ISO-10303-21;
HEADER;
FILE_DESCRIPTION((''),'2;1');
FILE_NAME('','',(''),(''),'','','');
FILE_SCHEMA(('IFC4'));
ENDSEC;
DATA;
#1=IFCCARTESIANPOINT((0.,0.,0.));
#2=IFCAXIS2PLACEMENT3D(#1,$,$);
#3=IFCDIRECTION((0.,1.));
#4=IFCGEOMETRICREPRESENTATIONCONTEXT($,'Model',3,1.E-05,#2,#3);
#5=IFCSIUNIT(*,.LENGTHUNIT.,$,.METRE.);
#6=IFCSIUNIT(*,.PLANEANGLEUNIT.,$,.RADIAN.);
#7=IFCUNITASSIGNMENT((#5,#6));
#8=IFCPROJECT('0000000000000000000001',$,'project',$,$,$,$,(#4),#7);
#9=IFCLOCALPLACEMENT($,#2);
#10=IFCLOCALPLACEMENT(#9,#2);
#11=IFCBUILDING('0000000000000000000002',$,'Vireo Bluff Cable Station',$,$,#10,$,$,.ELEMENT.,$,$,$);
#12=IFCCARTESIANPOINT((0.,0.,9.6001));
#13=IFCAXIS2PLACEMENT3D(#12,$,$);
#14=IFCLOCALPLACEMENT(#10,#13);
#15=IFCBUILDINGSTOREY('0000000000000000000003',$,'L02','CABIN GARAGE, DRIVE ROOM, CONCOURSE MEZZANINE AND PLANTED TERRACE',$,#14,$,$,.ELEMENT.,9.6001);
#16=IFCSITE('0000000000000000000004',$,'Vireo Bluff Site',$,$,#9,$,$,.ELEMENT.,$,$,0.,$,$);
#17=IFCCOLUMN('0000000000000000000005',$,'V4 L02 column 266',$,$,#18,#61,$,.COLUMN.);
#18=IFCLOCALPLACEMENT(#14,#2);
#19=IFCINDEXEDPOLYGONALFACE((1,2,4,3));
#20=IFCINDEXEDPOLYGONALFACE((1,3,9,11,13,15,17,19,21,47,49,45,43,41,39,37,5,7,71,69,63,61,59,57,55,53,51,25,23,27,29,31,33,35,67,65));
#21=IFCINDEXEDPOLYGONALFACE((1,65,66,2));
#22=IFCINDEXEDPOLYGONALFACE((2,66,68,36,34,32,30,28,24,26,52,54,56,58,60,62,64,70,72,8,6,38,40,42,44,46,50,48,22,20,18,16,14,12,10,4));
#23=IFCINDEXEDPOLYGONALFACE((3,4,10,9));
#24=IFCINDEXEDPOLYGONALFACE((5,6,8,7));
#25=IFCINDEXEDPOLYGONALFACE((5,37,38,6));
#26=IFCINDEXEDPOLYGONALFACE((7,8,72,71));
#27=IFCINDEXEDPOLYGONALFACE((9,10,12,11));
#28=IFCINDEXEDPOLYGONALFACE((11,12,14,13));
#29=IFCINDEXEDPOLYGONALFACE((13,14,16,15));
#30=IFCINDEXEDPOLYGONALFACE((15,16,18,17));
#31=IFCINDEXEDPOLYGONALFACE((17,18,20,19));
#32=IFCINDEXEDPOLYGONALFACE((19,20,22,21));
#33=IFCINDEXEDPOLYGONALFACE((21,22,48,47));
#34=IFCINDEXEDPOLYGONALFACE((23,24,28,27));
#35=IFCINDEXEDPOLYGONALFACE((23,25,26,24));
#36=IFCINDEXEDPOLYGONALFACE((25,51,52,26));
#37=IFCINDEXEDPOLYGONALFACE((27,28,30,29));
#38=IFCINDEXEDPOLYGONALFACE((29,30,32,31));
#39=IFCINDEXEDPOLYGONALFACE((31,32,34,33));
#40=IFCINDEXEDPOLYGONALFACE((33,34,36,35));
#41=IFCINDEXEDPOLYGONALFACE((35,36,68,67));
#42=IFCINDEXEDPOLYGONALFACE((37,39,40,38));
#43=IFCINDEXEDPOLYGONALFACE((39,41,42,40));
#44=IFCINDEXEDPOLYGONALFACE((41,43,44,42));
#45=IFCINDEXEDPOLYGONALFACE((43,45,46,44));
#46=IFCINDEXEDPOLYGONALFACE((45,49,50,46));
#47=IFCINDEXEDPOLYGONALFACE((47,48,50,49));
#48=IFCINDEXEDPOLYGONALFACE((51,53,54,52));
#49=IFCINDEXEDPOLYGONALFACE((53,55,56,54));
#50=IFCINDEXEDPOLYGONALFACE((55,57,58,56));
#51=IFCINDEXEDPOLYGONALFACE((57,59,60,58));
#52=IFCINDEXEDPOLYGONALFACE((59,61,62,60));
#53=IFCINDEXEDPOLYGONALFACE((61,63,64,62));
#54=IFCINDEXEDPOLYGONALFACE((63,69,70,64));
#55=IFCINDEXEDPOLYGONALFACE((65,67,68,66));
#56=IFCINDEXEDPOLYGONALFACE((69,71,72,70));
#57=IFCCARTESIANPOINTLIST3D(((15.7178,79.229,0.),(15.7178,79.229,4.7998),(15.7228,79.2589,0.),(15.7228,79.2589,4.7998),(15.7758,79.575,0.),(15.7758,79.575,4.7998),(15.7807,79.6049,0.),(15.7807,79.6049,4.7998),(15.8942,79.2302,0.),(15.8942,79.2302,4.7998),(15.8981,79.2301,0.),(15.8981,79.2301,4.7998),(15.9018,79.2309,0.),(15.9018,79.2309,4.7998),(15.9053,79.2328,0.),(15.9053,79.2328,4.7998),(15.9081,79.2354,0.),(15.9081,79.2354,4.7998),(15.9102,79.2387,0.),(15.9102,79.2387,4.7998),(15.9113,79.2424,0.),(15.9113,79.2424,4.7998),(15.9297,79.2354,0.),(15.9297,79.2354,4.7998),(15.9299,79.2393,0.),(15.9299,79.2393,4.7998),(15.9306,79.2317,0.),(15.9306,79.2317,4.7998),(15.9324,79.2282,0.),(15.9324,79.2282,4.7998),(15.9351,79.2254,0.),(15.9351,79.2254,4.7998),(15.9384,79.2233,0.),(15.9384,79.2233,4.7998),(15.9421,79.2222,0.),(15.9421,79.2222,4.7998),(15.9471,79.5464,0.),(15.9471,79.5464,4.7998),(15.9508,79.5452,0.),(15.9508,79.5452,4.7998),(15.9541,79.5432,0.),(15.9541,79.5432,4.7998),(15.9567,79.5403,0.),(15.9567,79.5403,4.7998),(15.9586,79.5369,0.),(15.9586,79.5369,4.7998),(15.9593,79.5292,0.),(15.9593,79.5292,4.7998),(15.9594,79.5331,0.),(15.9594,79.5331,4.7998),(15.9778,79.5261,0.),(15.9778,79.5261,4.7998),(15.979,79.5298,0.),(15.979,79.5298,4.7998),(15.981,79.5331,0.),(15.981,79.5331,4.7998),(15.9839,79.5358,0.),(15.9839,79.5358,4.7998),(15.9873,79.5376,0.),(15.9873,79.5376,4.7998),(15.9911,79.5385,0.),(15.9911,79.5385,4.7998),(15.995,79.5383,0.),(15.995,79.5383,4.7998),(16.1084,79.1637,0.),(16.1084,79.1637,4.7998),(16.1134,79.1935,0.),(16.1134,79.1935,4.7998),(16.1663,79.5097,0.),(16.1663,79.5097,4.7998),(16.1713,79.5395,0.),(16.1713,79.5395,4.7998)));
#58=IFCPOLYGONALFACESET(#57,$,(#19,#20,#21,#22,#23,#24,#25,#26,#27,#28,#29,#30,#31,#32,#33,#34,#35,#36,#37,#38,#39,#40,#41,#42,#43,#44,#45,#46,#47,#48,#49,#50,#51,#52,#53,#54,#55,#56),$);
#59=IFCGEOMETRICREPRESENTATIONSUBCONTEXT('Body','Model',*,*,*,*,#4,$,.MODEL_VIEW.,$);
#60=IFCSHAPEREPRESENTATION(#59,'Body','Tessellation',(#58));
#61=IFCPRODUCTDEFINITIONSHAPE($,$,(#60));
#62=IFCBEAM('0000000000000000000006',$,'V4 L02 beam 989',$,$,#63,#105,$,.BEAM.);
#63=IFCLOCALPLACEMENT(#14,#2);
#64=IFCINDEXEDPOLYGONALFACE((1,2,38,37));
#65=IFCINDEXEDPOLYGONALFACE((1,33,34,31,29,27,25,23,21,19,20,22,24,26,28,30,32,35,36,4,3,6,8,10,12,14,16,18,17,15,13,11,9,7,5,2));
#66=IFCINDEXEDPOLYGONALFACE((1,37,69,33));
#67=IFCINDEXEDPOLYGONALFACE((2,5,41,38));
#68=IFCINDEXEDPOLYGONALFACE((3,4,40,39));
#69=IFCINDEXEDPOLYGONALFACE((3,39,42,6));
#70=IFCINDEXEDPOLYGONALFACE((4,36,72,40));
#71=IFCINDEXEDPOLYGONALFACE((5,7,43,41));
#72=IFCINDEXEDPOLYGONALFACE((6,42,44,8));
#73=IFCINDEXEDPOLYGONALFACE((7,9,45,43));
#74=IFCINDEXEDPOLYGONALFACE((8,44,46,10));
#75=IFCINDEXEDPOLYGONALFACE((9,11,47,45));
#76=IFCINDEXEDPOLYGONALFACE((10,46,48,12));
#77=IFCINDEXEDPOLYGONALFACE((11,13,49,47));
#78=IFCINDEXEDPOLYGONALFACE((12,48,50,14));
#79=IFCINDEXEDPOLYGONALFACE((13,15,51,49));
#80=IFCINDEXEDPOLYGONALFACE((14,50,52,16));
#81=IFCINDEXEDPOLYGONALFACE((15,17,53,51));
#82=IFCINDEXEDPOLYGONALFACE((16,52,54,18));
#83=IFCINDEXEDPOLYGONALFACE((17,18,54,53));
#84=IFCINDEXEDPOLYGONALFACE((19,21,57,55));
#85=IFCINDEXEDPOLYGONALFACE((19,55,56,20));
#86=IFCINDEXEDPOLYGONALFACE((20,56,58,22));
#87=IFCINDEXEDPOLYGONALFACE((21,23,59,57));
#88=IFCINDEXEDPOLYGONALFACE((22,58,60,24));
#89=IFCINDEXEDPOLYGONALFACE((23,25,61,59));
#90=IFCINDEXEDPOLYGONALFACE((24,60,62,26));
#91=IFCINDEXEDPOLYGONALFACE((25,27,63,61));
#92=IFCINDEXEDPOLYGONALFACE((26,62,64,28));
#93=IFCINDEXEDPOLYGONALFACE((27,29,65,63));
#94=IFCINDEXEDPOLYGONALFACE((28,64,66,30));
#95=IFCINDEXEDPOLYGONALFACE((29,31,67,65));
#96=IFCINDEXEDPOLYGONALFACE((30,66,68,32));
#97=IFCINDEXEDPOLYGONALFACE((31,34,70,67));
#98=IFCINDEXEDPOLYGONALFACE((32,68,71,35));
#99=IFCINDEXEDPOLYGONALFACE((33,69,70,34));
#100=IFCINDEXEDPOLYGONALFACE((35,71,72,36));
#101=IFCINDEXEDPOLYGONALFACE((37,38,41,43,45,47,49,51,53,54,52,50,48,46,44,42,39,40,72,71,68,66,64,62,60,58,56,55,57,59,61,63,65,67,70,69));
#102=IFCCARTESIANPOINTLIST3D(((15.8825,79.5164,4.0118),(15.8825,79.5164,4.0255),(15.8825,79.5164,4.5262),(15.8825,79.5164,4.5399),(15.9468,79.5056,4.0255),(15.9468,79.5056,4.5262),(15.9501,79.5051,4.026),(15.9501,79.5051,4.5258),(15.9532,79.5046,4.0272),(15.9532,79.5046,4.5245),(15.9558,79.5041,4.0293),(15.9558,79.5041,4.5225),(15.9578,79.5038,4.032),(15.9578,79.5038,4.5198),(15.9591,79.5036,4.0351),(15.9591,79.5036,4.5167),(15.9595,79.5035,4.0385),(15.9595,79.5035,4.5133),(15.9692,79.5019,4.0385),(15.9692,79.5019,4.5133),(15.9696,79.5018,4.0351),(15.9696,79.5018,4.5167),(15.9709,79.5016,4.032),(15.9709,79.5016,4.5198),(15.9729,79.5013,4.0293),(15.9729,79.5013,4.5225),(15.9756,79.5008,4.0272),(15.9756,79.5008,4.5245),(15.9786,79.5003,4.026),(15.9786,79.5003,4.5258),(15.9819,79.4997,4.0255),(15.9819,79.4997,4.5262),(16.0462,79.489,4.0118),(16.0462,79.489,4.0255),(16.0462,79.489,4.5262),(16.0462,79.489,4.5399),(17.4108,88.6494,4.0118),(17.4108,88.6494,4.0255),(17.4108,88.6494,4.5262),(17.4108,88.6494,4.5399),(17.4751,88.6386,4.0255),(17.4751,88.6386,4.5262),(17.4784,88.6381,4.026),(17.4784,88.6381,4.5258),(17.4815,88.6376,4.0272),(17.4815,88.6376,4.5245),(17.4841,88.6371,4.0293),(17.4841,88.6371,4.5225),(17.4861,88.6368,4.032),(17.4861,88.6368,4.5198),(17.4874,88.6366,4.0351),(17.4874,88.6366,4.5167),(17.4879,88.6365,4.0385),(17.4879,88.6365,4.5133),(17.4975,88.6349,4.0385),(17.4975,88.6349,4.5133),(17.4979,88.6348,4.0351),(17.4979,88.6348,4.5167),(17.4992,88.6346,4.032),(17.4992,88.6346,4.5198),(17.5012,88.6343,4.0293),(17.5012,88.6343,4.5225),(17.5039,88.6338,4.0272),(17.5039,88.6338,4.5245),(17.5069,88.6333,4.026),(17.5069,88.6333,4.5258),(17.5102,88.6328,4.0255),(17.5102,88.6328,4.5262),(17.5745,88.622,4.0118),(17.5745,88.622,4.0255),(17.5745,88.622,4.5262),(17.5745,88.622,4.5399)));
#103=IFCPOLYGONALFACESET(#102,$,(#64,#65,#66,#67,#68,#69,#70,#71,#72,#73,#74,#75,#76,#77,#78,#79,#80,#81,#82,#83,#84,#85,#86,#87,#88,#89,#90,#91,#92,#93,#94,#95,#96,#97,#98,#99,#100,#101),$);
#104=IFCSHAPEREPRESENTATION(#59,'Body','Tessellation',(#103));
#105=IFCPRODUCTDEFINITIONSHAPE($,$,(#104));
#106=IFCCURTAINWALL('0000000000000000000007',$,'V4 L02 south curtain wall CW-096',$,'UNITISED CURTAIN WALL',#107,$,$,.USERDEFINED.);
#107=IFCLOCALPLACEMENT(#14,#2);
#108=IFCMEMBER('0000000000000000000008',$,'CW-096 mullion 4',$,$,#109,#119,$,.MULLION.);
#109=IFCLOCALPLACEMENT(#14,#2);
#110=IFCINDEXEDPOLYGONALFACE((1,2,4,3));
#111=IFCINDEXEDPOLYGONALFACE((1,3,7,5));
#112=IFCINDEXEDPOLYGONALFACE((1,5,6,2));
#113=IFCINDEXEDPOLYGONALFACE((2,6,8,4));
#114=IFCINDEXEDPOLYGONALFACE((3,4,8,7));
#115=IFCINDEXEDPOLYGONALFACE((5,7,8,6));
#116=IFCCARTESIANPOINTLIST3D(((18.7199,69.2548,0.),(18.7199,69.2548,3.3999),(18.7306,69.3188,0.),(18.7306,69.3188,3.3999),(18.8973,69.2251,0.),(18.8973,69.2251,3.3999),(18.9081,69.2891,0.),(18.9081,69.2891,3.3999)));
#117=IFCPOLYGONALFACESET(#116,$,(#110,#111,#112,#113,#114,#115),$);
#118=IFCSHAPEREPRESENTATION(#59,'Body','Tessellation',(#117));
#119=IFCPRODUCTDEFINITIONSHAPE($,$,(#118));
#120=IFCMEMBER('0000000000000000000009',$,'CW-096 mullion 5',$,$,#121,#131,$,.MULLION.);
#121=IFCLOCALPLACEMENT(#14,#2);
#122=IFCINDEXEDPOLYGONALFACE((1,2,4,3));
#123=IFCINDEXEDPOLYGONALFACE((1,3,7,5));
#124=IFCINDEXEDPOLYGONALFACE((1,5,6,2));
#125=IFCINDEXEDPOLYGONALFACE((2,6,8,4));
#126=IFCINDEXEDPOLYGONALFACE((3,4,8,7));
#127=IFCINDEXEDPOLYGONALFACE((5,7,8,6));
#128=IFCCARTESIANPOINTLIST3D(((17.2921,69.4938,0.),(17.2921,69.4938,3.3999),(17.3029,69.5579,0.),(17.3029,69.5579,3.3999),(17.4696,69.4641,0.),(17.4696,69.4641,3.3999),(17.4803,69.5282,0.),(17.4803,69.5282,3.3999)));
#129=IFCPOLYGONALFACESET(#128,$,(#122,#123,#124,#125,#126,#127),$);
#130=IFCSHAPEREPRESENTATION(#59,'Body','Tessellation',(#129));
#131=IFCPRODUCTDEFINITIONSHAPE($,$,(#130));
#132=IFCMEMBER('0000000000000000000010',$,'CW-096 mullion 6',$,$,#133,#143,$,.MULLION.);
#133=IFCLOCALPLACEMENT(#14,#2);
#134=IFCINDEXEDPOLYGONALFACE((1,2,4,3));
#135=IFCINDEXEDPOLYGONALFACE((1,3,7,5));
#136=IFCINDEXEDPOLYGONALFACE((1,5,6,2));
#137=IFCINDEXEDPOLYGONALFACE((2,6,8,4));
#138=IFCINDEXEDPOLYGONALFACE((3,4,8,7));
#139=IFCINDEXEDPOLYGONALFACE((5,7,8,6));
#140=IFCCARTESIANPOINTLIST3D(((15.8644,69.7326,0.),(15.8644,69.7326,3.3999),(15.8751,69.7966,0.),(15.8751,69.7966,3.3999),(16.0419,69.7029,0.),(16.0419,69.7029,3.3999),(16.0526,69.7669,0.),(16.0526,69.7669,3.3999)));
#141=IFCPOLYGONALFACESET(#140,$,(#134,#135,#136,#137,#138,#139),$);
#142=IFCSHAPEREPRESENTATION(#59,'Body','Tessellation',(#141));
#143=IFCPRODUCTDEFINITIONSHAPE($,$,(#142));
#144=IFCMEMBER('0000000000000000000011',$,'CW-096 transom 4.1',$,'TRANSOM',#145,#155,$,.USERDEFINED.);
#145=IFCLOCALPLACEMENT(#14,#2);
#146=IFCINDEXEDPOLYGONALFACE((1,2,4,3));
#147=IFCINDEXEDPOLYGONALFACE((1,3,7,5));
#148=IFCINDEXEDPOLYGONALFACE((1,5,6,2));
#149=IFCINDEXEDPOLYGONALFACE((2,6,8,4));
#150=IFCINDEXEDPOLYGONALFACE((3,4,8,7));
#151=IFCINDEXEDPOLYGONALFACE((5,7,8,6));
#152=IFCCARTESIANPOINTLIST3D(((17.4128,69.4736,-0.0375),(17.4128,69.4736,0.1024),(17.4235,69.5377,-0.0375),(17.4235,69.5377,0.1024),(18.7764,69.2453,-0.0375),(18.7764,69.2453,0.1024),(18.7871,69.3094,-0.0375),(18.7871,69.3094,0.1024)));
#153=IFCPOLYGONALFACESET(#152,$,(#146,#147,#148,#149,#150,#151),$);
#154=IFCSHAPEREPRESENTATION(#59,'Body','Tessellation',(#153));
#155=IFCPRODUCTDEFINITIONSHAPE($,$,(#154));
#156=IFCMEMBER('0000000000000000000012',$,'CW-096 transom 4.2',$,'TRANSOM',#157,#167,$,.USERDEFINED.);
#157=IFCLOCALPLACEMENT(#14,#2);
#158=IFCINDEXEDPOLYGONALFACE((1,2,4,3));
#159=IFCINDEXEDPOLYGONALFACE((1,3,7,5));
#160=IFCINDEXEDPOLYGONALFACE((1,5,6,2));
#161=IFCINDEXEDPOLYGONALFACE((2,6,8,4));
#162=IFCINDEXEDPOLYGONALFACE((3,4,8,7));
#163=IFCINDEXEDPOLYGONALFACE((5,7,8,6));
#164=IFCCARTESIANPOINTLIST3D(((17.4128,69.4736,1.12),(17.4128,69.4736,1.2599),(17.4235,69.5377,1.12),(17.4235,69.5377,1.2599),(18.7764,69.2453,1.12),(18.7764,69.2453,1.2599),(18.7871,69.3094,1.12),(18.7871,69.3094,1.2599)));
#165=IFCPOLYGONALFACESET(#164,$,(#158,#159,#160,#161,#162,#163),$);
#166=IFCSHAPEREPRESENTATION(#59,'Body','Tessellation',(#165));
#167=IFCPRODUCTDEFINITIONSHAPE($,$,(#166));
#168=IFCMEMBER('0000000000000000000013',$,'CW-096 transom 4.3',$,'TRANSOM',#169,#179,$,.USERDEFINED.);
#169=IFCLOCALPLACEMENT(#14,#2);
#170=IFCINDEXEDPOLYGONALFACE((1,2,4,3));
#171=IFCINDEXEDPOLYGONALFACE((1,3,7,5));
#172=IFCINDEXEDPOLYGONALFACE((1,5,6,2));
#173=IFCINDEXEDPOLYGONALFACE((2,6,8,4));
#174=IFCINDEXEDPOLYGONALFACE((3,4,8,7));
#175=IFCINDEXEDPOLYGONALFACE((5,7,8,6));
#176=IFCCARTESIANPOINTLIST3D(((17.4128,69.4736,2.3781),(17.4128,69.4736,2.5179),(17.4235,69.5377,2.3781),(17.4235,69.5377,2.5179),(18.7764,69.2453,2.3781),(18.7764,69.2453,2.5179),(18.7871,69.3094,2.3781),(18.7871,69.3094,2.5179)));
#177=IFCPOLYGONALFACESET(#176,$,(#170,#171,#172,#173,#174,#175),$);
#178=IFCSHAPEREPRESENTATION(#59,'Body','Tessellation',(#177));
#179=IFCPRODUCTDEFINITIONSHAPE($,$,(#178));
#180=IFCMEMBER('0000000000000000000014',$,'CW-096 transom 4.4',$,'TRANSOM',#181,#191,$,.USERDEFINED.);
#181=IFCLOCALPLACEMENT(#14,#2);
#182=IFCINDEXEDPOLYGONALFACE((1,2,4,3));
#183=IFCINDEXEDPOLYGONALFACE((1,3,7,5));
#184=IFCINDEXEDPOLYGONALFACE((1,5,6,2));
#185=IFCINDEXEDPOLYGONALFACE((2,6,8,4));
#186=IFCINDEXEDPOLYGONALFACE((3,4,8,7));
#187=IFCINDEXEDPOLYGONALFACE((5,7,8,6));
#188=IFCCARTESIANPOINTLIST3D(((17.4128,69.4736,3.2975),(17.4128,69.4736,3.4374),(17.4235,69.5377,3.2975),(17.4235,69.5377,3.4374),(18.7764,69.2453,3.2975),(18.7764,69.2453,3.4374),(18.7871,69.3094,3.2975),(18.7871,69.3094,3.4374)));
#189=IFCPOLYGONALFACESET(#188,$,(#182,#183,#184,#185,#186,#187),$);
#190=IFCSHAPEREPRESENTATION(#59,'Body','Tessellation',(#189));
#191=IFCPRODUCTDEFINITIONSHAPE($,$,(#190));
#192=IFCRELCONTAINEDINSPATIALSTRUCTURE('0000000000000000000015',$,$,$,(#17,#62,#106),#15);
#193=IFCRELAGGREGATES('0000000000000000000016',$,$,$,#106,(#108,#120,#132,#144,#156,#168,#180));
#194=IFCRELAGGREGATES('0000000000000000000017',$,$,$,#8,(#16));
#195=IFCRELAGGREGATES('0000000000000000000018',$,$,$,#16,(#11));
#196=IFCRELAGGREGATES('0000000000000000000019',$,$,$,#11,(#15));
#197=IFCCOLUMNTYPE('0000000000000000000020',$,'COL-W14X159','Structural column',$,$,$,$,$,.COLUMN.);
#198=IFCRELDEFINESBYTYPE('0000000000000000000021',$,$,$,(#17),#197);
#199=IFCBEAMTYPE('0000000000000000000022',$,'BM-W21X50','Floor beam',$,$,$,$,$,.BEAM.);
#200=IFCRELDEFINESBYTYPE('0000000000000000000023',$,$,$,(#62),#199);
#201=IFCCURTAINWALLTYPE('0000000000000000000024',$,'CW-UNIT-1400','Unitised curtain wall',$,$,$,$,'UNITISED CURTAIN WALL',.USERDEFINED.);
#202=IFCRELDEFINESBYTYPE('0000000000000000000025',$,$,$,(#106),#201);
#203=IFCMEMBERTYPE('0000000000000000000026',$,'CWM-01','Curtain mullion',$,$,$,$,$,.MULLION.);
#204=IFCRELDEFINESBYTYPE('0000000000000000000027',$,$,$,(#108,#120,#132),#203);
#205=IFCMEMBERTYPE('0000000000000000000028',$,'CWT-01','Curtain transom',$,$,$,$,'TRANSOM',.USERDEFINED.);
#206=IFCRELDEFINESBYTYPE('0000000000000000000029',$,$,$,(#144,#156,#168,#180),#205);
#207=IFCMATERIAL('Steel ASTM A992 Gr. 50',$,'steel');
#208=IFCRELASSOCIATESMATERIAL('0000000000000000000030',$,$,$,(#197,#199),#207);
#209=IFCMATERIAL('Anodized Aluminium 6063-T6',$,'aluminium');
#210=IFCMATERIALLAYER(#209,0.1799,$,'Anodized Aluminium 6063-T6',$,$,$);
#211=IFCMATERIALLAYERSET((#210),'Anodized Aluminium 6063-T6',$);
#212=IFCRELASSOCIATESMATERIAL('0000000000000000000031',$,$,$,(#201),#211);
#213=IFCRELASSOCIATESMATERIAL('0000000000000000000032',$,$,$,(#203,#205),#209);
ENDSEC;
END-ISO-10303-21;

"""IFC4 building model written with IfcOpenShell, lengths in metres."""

from ifc_helpers import new_model, si_unit, direction, frame, origin, origin_2d, place, context, subcontext, project, spatial, rectangle, i_section, extrude, material, layer, layer_set, material_profile, profile_set, type_object, element, aggregate, save


model = new_model("IFC4")

# Units and contexts
model_context = context("Model", 3, precision=1e-05, world=origin(), true_north=direction((0.0, 1.0)))
body_context = subcontext(model_context, "Body", "Model", "MODEL_VIEW")
ifc_project = project(units=[si_unit("LENGTHUNIT", "METRE"), si_unit("PLANEANGLEUNIT", "RADIAN")], contexts=[model_context])

# Site, building, storey
site_placement = place(None, origin())
site = spatial("IfcSite", under=ifc_project, at=site_placement, Name="Vireo Bluff Site", CompositionType="ELEMENT", RefElevation=0.0)
building_placement = place(site_placement, origin())
building = spatial("IfcBuilding", under=site, at=building_placement, Name="Vireo Bluff Cable Station", CompositionType="ELEMENT")
storey_placement = place(building_placement, frame((0.0, 0.0, 9.6001)))
storey = spatial("IfcBuildingStorey", under=building, at=storey_placement, Name="L02", Description="CABIN GARAGE, DRIVE ROOM, CONCOURSE MEZZANINE AND PLANTED TERRACE", CompositionType="ELEMENT", Elevation=9.6001)

# Column
ifc_material_1 = material(Name="Steel ASTM A992 Gr. 50", Category="steel")
ifc_material_profile_1 = material_profile(ifc_material_1, i_section(OverallWidth=0.396, OverallDepth=0.3811, WebThickness=0.0188, FlangeThickness=0.0303, FilletRadius=0.0149, at=origin_2d()), Name="W14X159")
ifc_profile_set_1 = profile_set([ifc_material_profile_1], Name="Steel ASTM A992 Gr. 50")
column_type = type_object("IfcColumnType", Name="COL-W14X159", Description="Structural column", PredefinedType="COLUMN", material=ifc_profile_set_1)
column_placement = place(storey_placement, frame((15.9446, 79.3843, 0.0), z_axis=(0.0, 0.0, 1.0), x_axis=(0.986286, -0.165048, 0.0)))
element("IfcColumn", 1, at=column_placement, inside=storey, type_object=column_type, Name="V4 L02 column 266", PredefinedType="COLUMN", context=body_context, shape_type="SweptSolid", body=[
    extrude(i_section(OverallWidth=0.396, OverallDepth=0.3811, WebThickness=0.0188, FlangeThickness=0.0303, FilletRadius=0.0149, at=origin_2d()), origin(), (0.0, 0.0, 1.0), 4.7998),
])

# Beam
ifc_material_profile_2 = material_profile(ifc_material_1, i_section(OverallWidth=0.166, OverallDepth=0.5281, WebThickness=0.0098, FlangeThickness=0.0137, FilletRadius=0.0129, at=origin_2d()), Name="W21X50")
ifc_profile_set_2 = profile_set([ifc_material_profile_2], Name="Steel ASTM A992 Gr. 50")
beam_type_1 = type_object("IfcBeamType", Name="BM-W21X50", Description="Floor beam", PredefinedType="BEAM", material=ifc_profile_set_2)
beam_1_placement = place(storey_placement, frame((15.9644, 79.5027, 4.2759), z_axis=(0.165045, 0.986286, 0.0), x_axis=(-0.986286, 0.165045, 0.0)))
element("IfcBeam", 2, at=beam_1_placement, inside=storey, type_object=beam_type_1, Name="V4 L02 beam 989", PredefinedType="BEAM", context=body_context, shape_type="SweptSolid", body=[
    extrude(i_section(OverallWidth=0.166, OverallDepth=0.5281, WebThickness=0.0098, FlangeThickness=0.0137, FilletRadius=0.0129, at=origin_2d()), origin(), (0.0, 0.0, 1.0), 9.26),
])

# Curtain wall, members
ifc_material_2 = material(Name="Anodized Aluminium 6063-T6", Category="aluminium")
ifc_layer_1 = layer(ifc_material_2, 0.1799, Name="Anodized Aluminium 6063-T6")
ifc_layer_set_1 = layer_set([ifc_layer_1], Name="Anodized Aluminium 6063-T6")
curtain_wall_type = type_object("IfcCurtainWallType", Name="CW-UNIT-1400", Description="Unitised curtain wall", ElementType="UNITISED CURTAIN WALL", PredefinedType="USERDEFINED", material=ifc_layer_set_1)
curtain_wall_placement = place(storey_placement, origin())
curtain_wall = element("IfcCurtainWall", 3, at=curtain_wall_placement, inside=storey, type_object=curtain_wall_type, Name="V4 L02 south curtain wall CW-096", ObjectType="UNITISED CURTAIN WALL", PredefinedType="USERDEFINED")
ifc_material_profile_3 = material_profile(ifc_material_2, rectangle(XDim=0.0649, YDim=0.1799, at=origin_2d()), Name="ALU-M-65X180")
ifc_profile_set_3 = profile_set([ifc_material_profile_3], Name="Anodized Aluminium 6063-T6")
member_type_1 = type_object("IfcMemberType", Name="CWM-01", Description="Curtain mullion", PredefinedType="MULLION", material=ifc_profile_set_3)
member_1_placement = place(storey_placement, frame((18.814, 69.272, 0.0), z_axis=(0.0, 0.0, 1.0), x_axis=(-0.165048, -0.986286, 0.0)))
member_1 = element("IfcMember", 4, at=member_1_placement, type_object=member_type_1, Name="CW-096 mullion 4", PredefinedType="MULLION", context=body_context, shape_type="SweptSolid", body=[
    extrude(rectangle(XDim=0.0649, YDim=0.1799, at=origin_2d()), origin(), (0.0, 0.0, 1.0), 3.3999),
])
member_2_placement = place(storey_placement, frame((17.3862, 69.511, 0.0), z_axis=(0.0, 0.0, 1.0), x_axis=(-0.165048, -0.986286, 0.0)))
member_2 = element("IfcMember", 5, at=member_2_placement, type_object=member_type_1, Name="CW-096 mullion 5", PredefinedType="MULLION", context=body_context, shape_type="SweptSolid", body=[
    extrude(rectangle(XDim=0.0649, YDim=0.1799, at=origin_2d()), origin(), (0.0, 0.0, 1.0), 3.3999),
])
member_3_placement = place(storey_placement, frame((15.9585, 69.7498, 0.0), z_axis=(0.0, 0.0, 1.0), x_axis=(-0.165048, -0.986286, 0.0)))
member_3 = element("IfcMember", 6, at=member_3_placement, type_object=member_type_1, Name="CW-096 mullion 6", PredefinedType="MULLION", context=body_context, shape_type="SweptSolid", body=[
    extrude(rectangle(XDim=0.0649, YDim=0.1799, at=origin_2d()), origin(), (0.0, 0.0, 1.0), 3.3999),
])
ifc_material_profile_4 = material_profile(ifc_material_2, rectangle(XDim=0.0649, YDim=0.1399, at=origin_2d()), Name="ALU-T-65X140")
ifc_profile_set_4 = profile_set([ifc_material_profile_4], Name="Anodized Aluminium 6063-T6")
member_type_2 = type_object("IfcMemberType", Name="CWT-01", Description="Curtain transom", ElementType="TRANSOM", PredefinedType="USERDEFINED", material=ifc_profile_set_4)
member_4_placement = place(storey_placement, frame((18.7817, 69.2773, 0.0325), z_axis=(-0.986274, 0.165115, 0.0), x_axis=(-0.165115, -0.986274, 0.0)))
member_4 = element("IfcMember", 7, at=member_4_placement, type_object=member_type_2, Name="CW-096 transom 4.1", ObjectType="TRANSOM", PredefinedType="USERDEFINED", context=body_context, shape_type="SweptSolid", body=[
    extrude(rectangle(XDim=0.0649, YDim=0.1399, at=origin_2d()), origin(), (0.0, 0.0, 1.0), 1.3826),
])
member_5_placement = place(storey_placement, frame((18.7817, 69.2773, 1.1899), z_axis=(-0.986274, 0.165115, 0.0), x_axis=(-0.165115, -0.986274, 0.0)))
member_5 = element("IfcMember", 8, at=member_5_placement, type_object=member_type_2, Name="CW-096 transom 4.2", ObjectType="TRANSOM", PredefinedType="USERDEFINED", context=body_context, shape_type="SweptSolid", body=[
    extrude(rectangle(XDim=0.0649, YDim=0.1399, at=origin_2d()), origin(), (0.0, 0.0, 1.0), 1.3826),
])
member_6_placement = place(storey_placement, frame((18.7817, 69.2773, 2.448), z_axis=(-0.986274, 0.165115, 0.0), x_axis=(-0.165115, -0.986274, 0.0)))
member_6 = element("IfcMember", 9, at=member_6_placement, type_object=member_type_2, Name="CW-096 transom 4.3", ObjectType="TRANSOM", PredefinedType="USERDEFINED", context=body_context, shape_type="SweptSolid", body=[
    extrude(rectangle(XDim=0.0649, YDim=0.1399, at=origin_2d()), origin(), (0.0, 0.0, 1.0), 1.3826),
])
member_7_placement = place(storey_placement, frame((18.7817, 69.2773, 3.3674), z_axis=(-0.986274, 0.165115, 0.0), x_axis=(-0.165115, -0.986274, 0.0)))
member_7 = element("IfcMember", 10, at=member_7_placement, type_object=member_type_2, Name="CW-096 transom 4.4", ObjectType="TRANSOM", PredefinedType="USERDEFINED", context=body_context, shape_type="SweptSolid", body=[
    extrude(rectangle(XDim=0.0649, YDim=0.1399, at=origin_2d()), origin(), (0.0, 0.0, 1.0), 1.3826),
])

aggregate(curtain_wall, [member_1, member_2, member_3, member_4, member_5, member_6, member_7])

save(model, "model.ifc")
